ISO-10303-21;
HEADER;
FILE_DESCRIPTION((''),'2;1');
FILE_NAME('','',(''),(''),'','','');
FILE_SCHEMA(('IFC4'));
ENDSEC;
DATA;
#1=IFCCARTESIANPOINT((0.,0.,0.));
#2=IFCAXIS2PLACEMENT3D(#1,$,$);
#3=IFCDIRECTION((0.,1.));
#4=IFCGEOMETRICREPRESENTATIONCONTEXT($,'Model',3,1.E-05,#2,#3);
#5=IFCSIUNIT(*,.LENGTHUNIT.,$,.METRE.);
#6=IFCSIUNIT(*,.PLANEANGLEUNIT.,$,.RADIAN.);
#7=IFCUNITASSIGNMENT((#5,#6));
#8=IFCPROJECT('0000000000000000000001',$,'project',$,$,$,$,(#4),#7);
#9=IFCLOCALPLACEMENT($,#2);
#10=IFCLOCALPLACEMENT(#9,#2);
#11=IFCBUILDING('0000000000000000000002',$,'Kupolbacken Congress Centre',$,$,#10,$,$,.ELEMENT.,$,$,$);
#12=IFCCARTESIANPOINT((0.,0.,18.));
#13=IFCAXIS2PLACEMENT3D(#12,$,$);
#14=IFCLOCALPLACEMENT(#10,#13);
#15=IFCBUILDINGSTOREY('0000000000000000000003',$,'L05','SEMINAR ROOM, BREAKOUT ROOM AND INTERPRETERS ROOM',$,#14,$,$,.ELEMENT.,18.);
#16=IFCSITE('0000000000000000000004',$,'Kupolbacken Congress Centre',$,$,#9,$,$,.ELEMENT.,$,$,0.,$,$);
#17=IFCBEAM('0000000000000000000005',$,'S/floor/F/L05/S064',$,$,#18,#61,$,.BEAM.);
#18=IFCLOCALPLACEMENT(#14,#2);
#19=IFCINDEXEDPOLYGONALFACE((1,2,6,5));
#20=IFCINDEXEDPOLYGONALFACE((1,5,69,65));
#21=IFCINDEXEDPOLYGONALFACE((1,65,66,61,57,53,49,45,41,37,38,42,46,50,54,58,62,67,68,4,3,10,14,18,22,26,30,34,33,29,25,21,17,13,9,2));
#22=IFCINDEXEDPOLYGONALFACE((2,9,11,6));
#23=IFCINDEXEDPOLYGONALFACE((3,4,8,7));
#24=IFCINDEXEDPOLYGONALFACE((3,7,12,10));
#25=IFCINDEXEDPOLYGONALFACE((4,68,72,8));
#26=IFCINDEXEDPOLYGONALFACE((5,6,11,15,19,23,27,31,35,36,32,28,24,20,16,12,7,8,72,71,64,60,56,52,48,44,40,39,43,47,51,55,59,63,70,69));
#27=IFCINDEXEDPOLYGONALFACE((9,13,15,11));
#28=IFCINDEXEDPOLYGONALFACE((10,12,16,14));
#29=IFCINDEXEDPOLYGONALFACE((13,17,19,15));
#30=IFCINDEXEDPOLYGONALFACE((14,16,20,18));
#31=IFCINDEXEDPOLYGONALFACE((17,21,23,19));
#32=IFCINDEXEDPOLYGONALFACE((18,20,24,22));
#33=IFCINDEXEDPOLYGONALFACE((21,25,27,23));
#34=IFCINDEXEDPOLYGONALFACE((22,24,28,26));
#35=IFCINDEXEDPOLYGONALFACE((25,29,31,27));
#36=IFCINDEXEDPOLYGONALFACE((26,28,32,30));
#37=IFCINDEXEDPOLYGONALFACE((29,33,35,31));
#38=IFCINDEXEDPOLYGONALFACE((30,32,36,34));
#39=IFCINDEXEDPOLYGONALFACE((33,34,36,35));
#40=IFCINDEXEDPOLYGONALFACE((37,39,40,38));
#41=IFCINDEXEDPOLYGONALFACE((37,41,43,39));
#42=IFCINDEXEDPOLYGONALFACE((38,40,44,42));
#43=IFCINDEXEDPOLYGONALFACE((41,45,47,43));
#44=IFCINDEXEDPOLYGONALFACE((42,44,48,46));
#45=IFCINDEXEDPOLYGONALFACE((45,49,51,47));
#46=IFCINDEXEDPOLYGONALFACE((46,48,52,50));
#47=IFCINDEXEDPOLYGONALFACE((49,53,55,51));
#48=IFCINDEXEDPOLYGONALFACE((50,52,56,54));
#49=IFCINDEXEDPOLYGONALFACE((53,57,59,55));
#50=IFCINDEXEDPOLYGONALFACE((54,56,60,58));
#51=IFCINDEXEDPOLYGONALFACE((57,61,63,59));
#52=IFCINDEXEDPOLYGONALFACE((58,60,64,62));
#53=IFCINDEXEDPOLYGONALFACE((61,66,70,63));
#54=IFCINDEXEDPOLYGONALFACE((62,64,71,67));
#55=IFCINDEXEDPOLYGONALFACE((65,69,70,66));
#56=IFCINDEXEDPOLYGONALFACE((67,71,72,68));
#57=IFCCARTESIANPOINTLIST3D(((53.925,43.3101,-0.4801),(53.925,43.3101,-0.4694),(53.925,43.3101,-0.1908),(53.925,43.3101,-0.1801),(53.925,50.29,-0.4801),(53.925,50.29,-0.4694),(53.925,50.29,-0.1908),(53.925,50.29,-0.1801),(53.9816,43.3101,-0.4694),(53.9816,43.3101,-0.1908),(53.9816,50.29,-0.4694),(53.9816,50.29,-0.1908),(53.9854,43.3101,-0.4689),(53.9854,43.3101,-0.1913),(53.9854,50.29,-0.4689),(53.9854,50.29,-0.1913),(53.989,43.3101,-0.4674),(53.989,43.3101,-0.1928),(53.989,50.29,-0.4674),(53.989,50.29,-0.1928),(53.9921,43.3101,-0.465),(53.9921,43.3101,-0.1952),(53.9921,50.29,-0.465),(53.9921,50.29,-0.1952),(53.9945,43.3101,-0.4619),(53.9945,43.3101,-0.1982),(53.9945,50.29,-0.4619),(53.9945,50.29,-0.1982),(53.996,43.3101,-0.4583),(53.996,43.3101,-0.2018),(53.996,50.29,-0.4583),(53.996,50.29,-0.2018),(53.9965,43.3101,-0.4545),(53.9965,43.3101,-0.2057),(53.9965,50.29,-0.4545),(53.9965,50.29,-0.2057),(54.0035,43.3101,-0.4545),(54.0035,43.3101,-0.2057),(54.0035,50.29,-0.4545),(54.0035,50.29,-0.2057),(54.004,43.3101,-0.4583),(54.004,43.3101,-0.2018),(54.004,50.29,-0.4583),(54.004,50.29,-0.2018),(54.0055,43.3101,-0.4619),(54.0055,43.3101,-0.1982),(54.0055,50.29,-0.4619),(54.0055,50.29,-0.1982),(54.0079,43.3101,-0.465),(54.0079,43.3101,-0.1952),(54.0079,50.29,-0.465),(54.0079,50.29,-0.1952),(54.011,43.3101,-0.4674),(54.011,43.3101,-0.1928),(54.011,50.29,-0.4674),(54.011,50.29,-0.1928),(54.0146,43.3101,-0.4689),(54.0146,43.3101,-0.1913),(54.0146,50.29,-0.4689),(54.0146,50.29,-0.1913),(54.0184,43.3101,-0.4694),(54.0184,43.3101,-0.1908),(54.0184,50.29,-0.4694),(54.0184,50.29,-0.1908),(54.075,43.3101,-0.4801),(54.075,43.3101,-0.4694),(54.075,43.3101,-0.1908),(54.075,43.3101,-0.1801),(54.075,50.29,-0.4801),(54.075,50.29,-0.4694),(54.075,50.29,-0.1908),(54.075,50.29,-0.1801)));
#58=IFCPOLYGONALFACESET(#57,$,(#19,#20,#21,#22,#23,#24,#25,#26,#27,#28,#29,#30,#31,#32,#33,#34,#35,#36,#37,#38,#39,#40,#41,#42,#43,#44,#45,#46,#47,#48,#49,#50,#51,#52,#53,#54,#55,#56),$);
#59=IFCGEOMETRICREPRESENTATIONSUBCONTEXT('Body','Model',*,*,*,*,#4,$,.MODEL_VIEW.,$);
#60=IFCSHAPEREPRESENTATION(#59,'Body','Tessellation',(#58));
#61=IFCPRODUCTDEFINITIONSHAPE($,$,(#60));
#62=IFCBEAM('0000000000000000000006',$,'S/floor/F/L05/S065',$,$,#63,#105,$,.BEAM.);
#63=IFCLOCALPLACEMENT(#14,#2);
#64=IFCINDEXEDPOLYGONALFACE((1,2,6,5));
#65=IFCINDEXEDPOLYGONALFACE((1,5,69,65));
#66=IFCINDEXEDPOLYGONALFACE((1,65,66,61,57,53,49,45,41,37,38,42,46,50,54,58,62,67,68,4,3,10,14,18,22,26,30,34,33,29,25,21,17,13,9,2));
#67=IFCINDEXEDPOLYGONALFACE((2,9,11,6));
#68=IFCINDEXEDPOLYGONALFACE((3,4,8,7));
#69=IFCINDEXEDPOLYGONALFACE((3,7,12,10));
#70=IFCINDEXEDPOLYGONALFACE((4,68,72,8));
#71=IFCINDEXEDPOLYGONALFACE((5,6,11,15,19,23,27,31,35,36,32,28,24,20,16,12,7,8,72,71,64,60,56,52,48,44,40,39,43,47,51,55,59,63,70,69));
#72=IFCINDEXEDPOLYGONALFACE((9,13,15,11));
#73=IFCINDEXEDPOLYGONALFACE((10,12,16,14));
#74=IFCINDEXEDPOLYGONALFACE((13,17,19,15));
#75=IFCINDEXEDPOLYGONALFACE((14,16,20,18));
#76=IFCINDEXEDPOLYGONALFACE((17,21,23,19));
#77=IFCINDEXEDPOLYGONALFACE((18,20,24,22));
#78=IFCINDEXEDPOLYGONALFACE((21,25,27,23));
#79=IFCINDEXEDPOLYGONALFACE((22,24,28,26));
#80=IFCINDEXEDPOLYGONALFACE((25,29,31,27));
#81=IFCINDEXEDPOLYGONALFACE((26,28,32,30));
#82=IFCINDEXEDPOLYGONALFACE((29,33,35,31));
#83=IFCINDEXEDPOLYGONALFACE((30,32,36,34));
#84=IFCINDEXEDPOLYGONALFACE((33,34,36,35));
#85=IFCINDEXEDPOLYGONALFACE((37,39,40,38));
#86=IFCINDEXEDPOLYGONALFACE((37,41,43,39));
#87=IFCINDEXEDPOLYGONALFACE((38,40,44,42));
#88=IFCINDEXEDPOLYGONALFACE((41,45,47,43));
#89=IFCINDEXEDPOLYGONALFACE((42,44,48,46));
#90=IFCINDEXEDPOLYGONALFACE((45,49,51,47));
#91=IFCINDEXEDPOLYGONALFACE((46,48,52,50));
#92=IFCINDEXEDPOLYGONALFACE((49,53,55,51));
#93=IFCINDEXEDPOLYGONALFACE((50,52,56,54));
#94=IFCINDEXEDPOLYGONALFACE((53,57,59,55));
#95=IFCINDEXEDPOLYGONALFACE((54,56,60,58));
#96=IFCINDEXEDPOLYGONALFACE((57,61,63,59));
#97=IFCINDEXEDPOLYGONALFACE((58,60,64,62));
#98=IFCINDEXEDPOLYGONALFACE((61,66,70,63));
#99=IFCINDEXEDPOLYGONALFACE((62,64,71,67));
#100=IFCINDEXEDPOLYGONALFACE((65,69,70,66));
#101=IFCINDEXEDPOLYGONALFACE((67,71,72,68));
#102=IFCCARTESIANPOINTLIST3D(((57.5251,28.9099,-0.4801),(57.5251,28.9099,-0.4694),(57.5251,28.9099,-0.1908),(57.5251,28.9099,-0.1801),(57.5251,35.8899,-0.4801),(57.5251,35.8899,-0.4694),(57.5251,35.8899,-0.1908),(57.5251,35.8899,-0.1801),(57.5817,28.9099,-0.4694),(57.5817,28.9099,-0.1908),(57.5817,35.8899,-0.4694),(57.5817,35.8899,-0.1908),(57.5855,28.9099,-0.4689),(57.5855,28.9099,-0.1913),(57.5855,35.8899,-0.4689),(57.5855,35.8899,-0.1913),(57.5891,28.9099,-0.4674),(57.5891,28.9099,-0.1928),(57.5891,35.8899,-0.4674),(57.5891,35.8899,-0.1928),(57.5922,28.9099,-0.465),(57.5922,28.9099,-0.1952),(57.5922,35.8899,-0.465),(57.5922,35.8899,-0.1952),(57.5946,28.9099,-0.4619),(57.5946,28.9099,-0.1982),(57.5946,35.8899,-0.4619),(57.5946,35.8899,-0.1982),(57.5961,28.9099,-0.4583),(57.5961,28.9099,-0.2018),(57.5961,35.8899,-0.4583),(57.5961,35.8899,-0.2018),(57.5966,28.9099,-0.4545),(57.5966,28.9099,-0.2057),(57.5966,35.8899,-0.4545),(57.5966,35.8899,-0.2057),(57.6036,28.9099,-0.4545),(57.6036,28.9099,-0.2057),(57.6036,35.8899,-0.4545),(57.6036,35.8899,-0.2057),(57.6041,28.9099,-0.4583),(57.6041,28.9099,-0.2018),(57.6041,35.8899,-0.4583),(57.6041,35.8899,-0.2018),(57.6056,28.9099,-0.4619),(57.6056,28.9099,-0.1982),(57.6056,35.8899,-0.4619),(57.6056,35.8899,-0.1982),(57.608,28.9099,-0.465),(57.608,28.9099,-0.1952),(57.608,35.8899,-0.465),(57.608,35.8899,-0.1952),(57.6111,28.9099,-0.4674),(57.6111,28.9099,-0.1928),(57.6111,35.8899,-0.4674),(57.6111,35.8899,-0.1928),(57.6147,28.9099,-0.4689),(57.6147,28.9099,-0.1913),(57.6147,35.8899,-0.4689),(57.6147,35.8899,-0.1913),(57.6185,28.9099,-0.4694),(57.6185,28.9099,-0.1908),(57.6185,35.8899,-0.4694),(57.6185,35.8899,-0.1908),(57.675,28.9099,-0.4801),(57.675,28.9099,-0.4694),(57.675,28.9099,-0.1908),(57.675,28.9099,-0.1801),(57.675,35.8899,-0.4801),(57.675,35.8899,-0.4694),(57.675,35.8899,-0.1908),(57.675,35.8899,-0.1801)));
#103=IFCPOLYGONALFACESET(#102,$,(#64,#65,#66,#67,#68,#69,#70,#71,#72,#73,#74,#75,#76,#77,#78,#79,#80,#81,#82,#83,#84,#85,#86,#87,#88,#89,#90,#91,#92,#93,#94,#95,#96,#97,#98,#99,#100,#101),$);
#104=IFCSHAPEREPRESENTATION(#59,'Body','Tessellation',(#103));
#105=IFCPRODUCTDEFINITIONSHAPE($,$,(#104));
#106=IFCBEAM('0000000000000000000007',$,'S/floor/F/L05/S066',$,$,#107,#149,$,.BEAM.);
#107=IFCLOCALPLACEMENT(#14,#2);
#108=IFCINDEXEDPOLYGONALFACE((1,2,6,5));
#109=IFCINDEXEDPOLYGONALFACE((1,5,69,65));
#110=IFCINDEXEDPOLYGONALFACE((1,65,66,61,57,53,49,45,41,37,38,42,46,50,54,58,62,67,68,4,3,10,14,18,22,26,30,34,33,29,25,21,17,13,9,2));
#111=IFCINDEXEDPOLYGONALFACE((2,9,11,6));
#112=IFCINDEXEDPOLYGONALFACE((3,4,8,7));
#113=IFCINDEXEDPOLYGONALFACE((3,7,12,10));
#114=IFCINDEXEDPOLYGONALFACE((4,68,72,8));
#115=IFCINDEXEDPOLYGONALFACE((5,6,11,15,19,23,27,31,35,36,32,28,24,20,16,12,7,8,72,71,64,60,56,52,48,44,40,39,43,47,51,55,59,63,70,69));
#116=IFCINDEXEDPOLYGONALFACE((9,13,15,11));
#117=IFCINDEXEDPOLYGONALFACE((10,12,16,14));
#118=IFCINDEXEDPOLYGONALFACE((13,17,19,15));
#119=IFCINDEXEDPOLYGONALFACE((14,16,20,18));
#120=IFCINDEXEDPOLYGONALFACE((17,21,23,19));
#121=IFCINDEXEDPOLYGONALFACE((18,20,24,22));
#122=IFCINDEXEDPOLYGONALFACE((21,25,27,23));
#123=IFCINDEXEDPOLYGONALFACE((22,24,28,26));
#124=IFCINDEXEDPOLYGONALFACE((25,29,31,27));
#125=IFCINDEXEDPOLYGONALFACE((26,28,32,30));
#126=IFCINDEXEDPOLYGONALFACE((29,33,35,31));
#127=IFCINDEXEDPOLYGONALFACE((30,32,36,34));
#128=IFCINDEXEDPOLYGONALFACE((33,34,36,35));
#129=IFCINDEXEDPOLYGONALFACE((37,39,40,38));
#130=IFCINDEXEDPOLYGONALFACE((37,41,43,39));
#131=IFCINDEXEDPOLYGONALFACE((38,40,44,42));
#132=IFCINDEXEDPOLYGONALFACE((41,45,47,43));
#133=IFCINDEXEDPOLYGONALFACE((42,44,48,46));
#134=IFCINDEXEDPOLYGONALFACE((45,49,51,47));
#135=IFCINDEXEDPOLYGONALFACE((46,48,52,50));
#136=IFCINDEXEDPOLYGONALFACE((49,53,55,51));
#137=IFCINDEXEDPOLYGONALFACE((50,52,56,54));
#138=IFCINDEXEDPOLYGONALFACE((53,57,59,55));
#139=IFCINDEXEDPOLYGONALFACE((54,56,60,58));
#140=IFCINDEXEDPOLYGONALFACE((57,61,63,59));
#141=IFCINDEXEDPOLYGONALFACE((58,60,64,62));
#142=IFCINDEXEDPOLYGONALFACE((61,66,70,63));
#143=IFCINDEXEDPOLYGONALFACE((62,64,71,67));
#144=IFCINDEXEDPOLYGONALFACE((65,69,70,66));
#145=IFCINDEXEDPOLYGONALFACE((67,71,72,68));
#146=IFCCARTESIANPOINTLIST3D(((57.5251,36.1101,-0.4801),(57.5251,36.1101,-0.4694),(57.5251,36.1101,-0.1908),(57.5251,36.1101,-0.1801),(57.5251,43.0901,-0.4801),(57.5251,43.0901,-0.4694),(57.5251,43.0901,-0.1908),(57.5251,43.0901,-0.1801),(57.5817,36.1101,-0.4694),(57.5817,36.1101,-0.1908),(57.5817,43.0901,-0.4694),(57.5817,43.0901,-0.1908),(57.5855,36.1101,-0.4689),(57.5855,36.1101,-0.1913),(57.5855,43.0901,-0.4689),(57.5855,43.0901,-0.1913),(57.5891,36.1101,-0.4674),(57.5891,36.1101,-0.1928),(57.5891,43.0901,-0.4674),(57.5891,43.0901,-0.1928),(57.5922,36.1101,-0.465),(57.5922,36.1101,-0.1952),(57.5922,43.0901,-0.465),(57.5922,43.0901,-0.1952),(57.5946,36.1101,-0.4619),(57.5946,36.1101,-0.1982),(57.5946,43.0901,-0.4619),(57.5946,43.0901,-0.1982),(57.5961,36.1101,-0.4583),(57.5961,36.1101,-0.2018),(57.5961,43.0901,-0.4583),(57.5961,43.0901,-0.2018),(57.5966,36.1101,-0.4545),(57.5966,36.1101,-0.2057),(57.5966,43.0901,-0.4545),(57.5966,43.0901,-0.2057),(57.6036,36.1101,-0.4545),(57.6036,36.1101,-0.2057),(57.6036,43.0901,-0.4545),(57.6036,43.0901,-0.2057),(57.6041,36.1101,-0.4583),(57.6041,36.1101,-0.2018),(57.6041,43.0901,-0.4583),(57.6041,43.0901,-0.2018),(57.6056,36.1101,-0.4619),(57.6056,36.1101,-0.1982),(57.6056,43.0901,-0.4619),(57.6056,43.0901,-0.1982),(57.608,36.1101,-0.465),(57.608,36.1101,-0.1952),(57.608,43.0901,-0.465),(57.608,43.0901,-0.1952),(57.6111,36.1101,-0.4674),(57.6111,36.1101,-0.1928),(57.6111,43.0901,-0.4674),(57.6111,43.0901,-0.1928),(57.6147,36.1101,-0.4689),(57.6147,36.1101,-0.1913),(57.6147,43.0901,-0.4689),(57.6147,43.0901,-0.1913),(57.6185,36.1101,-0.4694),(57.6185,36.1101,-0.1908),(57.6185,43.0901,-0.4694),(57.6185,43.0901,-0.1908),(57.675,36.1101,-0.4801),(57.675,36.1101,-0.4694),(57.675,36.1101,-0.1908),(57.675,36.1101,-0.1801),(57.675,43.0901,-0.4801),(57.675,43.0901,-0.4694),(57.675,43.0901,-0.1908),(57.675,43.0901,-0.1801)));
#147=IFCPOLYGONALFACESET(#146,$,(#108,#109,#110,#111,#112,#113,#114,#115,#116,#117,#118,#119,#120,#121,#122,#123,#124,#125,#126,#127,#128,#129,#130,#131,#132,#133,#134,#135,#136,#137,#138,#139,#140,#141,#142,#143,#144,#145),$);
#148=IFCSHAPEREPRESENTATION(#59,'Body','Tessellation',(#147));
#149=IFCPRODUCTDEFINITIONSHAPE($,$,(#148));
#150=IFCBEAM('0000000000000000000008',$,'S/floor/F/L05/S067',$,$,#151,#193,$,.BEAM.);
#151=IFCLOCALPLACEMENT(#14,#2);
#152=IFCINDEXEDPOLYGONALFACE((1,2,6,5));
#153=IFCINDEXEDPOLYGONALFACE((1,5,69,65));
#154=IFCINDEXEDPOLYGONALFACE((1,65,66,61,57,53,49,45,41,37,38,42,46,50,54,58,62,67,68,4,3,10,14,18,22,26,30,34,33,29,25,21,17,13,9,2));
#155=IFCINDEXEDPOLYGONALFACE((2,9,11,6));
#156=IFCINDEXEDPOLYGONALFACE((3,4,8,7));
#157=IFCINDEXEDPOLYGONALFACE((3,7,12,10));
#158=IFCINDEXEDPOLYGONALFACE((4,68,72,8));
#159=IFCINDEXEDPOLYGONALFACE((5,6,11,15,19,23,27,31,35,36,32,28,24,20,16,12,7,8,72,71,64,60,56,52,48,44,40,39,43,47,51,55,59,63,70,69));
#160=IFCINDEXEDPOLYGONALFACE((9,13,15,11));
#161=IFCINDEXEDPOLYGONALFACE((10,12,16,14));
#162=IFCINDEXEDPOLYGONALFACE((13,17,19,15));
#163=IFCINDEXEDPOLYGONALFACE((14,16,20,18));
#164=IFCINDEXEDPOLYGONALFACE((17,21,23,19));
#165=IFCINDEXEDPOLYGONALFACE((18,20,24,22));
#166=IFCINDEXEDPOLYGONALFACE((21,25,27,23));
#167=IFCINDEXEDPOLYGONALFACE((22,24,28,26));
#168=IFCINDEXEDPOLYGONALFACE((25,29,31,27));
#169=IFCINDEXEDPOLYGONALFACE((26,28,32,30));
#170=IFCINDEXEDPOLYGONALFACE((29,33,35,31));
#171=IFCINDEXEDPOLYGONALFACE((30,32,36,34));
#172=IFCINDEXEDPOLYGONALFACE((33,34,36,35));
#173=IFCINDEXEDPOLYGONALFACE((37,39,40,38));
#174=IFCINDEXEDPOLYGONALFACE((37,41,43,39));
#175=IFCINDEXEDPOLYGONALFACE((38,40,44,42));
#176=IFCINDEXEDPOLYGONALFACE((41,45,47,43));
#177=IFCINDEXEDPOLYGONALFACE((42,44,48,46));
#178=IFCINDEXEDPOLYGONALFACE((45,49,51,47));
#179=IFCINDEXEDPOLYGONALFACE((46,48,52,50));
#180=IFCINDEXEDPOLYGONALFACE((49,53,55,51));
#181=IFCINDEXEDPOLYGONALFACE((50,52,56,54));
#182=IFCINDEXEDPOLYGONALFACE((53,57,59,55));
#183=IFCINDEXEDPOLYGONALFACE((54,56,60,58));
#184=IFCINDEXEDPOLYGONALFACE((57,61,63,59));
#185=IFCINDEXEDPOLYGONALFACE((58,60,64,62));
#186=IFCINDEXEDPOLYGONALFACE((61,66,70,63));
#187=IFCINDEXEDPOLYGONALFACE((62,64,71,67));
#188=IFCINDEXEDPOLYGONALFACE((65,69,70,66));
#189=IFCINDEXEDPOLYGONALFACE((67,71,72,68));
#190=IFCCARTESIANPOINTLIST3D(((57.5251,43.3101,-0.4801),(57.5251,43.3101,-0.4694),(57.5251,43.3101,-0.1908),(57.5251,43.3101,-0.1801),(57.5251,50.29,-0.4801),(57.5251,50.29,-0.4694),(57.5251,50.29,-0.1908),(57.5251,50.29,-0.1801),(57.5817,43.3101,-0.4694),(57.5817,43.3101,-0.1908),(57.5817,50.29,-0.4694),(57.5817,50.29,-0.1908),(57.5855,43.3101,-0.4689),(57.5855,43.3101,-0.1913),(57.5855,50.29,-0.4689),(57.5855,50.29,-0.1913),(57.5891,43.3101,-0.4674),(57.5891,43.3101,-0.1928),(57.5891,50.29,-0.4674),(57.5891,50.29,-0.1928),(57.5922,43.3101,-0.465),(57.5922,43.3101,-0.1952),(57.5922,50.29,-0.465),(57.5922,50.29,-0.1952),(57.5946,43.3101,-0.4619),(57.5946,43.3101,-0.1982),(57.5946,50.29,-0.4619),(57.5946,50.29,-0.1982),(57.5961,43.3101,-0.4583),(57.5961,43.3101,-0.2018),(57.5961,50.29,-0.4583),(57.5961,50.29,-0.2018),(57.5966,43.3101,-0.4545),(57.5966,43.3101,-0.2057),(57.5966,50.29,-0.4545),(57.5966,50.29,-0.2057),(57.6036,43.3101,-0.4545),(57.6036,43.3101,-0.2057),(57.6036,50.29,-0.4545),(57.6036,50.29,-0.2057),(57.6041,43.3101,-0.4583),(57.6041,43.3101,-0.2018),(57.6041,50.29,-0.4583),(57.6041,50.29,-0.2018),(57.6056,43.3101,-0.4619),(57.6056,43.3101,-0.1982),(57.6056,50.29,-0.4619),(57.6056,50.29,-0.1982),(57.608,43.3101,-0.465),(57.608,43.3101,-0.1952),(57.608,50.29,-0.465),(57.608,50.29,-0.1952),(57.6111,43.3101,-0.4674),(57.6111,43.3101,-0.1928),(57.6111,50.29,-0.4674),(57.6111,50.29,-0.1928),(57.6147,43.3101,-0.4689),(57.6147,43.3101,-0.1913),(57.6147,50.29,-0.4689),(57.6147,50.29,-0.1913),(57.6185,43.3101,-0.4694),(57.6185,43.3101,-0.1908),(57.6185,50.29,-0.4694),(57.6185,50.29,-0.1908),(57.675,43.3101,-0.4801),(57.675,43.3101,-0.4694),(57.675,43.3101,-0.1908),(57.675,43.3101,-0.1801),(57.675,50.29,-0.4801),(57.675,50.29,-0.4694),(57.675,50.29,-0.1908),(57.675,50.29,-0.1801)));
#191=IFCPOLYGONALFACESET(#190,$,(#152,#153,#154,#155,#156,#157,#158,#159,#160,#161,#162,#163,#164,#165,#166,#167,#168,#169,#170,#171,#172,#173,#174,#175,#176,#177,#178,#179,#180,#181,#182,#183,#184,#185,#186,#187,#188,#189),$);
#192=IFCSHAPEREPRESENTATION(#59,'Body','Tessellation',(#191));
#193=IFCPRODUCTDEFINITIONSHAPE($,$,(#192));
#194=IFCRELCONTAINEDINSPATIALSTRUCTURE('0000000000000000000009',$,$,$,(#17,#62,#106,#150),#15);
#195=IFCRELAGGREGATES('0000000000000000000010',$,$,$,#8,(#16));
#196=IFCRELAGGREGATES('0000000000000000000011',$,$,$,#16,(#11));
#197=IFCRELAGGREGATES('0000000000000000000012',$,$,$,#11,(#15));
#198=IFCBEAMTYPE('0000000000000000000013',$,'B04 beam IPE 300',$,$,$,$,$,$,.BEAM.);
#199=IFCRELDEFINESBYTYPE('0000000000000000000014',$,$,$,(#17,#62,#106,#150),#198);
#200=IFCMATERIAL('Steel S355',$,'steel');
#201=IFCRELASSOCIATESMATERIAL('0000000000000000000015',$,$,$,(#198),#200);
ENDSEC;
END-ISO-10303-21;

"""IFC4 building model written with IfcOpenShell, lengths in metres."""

from ifc_helpers import new_model, si_unit, direction, frame, origin, origin_2d, place, context, subcontext, project, spatial, i_section, extrude, material, material_profile, profile_set, type_object, element, save


model = new_model("IFC4")

# Units and contexts
model_context = context("Model", 3, precision=1e-05, world=origin(), true_north=direction((0.0, 1.0)))
body_context = subcontext(model_context, "Body", "Model", "MODEL_VIEW")
ifc_project = project(units=[si_unit("LENGTHUNIT", "METRE"), si_unit("PLANEANGLEUNIT", "RADIAN")], contexts=[model_context])

# Site, building, storey
site_placement = place(None, origin())
site = spatial("IfcSite", under=ifc_project, at=site_placement, Name="Kupolbacken Congress Centre", CompositionType="ELEMENT", RefElevation=0.0)
building_placement = place(site_placement, origin())
building = spatial("IfcBuilding", under=site, at=building_placement, Name="Kupolbacken Congress Centre", CompositionType="ELEMENT")
storey_placement = place(building_placement, frame((0.0, 0.0, 18.0)))
storey = spatial("IfcBuildingStorey", under=building, at=storey_placement, Name="L05", Description="SEMINAR ROOM, BREAKOUT ROOM AND INTERPRETERS ROOM", CompositionType="ELEMENT", Elevation=18.0)

# Beams
ifc_material_1 = material(Name="Steel S355", Category="steel")
ifc_material_profile_1 = material_profile(ifc_material_1, i_section(OverallWidth=0.1499, OverallDepth=0.3, WebThickness=0.0071, FlangeThickness=0.0107, FilletRadius=0.0149, at=origin_2d()), Name="IPE 300")
ifc_profile_set_1 = profile_set([ifc_material_profile_1], Name="Steel S355")
beam_type_1 = type_object("IfcBeamType", Name="B04 beam IPE 300", PredefinedType="BEAM", material=ifc_profile_set_1)
for number, where, z_axis, x_axis, name in (
    (1, (54.0, 43.3101, -0.3301), (0.0, 1.0, 0.0), (-1.0, 0.0, 0.0), "S/floor/F/L05/S064"),
    (2, (57.6001, 28.9099, -0.3301), (0.0, 1.0, 0.0), (-1.0, 0.0, 0.0), "S/floor/F/L05/S065"),
    (3, (57.6001, 36.1101, -0.3301), (0.0, 1.0, 0.0), (-1.0, 0.0, 0.0), "S/floor/F/L05/S066"),
    (4, (57.6001, 43.3101, -0.3301), (0.0, 1.0, 0.0), (-1.0, 0.0, 0.0), "S/floor/F/L05/S067"),
):
    element("IfcBeam", number, at=place(storey_placement, frame(where, z_axis=z_axis, x_axis=x_axis)), inside=storey, type_object=beam_type_1, Name=name, PredefinedType="BEAM", context=body_context, shape_type="SweptSolid", body=[
        extrude(i_section(OverallWidth=0.1499, OverallDepth=0.3, WebThickness=0.0071, FlangeThickness=0.0107, FilletRadius=0.0149, at=origin_2d()), origin(), (0.0, 0.0, 1.0), 6.98),
    ])

save(model, "model.ifc")
